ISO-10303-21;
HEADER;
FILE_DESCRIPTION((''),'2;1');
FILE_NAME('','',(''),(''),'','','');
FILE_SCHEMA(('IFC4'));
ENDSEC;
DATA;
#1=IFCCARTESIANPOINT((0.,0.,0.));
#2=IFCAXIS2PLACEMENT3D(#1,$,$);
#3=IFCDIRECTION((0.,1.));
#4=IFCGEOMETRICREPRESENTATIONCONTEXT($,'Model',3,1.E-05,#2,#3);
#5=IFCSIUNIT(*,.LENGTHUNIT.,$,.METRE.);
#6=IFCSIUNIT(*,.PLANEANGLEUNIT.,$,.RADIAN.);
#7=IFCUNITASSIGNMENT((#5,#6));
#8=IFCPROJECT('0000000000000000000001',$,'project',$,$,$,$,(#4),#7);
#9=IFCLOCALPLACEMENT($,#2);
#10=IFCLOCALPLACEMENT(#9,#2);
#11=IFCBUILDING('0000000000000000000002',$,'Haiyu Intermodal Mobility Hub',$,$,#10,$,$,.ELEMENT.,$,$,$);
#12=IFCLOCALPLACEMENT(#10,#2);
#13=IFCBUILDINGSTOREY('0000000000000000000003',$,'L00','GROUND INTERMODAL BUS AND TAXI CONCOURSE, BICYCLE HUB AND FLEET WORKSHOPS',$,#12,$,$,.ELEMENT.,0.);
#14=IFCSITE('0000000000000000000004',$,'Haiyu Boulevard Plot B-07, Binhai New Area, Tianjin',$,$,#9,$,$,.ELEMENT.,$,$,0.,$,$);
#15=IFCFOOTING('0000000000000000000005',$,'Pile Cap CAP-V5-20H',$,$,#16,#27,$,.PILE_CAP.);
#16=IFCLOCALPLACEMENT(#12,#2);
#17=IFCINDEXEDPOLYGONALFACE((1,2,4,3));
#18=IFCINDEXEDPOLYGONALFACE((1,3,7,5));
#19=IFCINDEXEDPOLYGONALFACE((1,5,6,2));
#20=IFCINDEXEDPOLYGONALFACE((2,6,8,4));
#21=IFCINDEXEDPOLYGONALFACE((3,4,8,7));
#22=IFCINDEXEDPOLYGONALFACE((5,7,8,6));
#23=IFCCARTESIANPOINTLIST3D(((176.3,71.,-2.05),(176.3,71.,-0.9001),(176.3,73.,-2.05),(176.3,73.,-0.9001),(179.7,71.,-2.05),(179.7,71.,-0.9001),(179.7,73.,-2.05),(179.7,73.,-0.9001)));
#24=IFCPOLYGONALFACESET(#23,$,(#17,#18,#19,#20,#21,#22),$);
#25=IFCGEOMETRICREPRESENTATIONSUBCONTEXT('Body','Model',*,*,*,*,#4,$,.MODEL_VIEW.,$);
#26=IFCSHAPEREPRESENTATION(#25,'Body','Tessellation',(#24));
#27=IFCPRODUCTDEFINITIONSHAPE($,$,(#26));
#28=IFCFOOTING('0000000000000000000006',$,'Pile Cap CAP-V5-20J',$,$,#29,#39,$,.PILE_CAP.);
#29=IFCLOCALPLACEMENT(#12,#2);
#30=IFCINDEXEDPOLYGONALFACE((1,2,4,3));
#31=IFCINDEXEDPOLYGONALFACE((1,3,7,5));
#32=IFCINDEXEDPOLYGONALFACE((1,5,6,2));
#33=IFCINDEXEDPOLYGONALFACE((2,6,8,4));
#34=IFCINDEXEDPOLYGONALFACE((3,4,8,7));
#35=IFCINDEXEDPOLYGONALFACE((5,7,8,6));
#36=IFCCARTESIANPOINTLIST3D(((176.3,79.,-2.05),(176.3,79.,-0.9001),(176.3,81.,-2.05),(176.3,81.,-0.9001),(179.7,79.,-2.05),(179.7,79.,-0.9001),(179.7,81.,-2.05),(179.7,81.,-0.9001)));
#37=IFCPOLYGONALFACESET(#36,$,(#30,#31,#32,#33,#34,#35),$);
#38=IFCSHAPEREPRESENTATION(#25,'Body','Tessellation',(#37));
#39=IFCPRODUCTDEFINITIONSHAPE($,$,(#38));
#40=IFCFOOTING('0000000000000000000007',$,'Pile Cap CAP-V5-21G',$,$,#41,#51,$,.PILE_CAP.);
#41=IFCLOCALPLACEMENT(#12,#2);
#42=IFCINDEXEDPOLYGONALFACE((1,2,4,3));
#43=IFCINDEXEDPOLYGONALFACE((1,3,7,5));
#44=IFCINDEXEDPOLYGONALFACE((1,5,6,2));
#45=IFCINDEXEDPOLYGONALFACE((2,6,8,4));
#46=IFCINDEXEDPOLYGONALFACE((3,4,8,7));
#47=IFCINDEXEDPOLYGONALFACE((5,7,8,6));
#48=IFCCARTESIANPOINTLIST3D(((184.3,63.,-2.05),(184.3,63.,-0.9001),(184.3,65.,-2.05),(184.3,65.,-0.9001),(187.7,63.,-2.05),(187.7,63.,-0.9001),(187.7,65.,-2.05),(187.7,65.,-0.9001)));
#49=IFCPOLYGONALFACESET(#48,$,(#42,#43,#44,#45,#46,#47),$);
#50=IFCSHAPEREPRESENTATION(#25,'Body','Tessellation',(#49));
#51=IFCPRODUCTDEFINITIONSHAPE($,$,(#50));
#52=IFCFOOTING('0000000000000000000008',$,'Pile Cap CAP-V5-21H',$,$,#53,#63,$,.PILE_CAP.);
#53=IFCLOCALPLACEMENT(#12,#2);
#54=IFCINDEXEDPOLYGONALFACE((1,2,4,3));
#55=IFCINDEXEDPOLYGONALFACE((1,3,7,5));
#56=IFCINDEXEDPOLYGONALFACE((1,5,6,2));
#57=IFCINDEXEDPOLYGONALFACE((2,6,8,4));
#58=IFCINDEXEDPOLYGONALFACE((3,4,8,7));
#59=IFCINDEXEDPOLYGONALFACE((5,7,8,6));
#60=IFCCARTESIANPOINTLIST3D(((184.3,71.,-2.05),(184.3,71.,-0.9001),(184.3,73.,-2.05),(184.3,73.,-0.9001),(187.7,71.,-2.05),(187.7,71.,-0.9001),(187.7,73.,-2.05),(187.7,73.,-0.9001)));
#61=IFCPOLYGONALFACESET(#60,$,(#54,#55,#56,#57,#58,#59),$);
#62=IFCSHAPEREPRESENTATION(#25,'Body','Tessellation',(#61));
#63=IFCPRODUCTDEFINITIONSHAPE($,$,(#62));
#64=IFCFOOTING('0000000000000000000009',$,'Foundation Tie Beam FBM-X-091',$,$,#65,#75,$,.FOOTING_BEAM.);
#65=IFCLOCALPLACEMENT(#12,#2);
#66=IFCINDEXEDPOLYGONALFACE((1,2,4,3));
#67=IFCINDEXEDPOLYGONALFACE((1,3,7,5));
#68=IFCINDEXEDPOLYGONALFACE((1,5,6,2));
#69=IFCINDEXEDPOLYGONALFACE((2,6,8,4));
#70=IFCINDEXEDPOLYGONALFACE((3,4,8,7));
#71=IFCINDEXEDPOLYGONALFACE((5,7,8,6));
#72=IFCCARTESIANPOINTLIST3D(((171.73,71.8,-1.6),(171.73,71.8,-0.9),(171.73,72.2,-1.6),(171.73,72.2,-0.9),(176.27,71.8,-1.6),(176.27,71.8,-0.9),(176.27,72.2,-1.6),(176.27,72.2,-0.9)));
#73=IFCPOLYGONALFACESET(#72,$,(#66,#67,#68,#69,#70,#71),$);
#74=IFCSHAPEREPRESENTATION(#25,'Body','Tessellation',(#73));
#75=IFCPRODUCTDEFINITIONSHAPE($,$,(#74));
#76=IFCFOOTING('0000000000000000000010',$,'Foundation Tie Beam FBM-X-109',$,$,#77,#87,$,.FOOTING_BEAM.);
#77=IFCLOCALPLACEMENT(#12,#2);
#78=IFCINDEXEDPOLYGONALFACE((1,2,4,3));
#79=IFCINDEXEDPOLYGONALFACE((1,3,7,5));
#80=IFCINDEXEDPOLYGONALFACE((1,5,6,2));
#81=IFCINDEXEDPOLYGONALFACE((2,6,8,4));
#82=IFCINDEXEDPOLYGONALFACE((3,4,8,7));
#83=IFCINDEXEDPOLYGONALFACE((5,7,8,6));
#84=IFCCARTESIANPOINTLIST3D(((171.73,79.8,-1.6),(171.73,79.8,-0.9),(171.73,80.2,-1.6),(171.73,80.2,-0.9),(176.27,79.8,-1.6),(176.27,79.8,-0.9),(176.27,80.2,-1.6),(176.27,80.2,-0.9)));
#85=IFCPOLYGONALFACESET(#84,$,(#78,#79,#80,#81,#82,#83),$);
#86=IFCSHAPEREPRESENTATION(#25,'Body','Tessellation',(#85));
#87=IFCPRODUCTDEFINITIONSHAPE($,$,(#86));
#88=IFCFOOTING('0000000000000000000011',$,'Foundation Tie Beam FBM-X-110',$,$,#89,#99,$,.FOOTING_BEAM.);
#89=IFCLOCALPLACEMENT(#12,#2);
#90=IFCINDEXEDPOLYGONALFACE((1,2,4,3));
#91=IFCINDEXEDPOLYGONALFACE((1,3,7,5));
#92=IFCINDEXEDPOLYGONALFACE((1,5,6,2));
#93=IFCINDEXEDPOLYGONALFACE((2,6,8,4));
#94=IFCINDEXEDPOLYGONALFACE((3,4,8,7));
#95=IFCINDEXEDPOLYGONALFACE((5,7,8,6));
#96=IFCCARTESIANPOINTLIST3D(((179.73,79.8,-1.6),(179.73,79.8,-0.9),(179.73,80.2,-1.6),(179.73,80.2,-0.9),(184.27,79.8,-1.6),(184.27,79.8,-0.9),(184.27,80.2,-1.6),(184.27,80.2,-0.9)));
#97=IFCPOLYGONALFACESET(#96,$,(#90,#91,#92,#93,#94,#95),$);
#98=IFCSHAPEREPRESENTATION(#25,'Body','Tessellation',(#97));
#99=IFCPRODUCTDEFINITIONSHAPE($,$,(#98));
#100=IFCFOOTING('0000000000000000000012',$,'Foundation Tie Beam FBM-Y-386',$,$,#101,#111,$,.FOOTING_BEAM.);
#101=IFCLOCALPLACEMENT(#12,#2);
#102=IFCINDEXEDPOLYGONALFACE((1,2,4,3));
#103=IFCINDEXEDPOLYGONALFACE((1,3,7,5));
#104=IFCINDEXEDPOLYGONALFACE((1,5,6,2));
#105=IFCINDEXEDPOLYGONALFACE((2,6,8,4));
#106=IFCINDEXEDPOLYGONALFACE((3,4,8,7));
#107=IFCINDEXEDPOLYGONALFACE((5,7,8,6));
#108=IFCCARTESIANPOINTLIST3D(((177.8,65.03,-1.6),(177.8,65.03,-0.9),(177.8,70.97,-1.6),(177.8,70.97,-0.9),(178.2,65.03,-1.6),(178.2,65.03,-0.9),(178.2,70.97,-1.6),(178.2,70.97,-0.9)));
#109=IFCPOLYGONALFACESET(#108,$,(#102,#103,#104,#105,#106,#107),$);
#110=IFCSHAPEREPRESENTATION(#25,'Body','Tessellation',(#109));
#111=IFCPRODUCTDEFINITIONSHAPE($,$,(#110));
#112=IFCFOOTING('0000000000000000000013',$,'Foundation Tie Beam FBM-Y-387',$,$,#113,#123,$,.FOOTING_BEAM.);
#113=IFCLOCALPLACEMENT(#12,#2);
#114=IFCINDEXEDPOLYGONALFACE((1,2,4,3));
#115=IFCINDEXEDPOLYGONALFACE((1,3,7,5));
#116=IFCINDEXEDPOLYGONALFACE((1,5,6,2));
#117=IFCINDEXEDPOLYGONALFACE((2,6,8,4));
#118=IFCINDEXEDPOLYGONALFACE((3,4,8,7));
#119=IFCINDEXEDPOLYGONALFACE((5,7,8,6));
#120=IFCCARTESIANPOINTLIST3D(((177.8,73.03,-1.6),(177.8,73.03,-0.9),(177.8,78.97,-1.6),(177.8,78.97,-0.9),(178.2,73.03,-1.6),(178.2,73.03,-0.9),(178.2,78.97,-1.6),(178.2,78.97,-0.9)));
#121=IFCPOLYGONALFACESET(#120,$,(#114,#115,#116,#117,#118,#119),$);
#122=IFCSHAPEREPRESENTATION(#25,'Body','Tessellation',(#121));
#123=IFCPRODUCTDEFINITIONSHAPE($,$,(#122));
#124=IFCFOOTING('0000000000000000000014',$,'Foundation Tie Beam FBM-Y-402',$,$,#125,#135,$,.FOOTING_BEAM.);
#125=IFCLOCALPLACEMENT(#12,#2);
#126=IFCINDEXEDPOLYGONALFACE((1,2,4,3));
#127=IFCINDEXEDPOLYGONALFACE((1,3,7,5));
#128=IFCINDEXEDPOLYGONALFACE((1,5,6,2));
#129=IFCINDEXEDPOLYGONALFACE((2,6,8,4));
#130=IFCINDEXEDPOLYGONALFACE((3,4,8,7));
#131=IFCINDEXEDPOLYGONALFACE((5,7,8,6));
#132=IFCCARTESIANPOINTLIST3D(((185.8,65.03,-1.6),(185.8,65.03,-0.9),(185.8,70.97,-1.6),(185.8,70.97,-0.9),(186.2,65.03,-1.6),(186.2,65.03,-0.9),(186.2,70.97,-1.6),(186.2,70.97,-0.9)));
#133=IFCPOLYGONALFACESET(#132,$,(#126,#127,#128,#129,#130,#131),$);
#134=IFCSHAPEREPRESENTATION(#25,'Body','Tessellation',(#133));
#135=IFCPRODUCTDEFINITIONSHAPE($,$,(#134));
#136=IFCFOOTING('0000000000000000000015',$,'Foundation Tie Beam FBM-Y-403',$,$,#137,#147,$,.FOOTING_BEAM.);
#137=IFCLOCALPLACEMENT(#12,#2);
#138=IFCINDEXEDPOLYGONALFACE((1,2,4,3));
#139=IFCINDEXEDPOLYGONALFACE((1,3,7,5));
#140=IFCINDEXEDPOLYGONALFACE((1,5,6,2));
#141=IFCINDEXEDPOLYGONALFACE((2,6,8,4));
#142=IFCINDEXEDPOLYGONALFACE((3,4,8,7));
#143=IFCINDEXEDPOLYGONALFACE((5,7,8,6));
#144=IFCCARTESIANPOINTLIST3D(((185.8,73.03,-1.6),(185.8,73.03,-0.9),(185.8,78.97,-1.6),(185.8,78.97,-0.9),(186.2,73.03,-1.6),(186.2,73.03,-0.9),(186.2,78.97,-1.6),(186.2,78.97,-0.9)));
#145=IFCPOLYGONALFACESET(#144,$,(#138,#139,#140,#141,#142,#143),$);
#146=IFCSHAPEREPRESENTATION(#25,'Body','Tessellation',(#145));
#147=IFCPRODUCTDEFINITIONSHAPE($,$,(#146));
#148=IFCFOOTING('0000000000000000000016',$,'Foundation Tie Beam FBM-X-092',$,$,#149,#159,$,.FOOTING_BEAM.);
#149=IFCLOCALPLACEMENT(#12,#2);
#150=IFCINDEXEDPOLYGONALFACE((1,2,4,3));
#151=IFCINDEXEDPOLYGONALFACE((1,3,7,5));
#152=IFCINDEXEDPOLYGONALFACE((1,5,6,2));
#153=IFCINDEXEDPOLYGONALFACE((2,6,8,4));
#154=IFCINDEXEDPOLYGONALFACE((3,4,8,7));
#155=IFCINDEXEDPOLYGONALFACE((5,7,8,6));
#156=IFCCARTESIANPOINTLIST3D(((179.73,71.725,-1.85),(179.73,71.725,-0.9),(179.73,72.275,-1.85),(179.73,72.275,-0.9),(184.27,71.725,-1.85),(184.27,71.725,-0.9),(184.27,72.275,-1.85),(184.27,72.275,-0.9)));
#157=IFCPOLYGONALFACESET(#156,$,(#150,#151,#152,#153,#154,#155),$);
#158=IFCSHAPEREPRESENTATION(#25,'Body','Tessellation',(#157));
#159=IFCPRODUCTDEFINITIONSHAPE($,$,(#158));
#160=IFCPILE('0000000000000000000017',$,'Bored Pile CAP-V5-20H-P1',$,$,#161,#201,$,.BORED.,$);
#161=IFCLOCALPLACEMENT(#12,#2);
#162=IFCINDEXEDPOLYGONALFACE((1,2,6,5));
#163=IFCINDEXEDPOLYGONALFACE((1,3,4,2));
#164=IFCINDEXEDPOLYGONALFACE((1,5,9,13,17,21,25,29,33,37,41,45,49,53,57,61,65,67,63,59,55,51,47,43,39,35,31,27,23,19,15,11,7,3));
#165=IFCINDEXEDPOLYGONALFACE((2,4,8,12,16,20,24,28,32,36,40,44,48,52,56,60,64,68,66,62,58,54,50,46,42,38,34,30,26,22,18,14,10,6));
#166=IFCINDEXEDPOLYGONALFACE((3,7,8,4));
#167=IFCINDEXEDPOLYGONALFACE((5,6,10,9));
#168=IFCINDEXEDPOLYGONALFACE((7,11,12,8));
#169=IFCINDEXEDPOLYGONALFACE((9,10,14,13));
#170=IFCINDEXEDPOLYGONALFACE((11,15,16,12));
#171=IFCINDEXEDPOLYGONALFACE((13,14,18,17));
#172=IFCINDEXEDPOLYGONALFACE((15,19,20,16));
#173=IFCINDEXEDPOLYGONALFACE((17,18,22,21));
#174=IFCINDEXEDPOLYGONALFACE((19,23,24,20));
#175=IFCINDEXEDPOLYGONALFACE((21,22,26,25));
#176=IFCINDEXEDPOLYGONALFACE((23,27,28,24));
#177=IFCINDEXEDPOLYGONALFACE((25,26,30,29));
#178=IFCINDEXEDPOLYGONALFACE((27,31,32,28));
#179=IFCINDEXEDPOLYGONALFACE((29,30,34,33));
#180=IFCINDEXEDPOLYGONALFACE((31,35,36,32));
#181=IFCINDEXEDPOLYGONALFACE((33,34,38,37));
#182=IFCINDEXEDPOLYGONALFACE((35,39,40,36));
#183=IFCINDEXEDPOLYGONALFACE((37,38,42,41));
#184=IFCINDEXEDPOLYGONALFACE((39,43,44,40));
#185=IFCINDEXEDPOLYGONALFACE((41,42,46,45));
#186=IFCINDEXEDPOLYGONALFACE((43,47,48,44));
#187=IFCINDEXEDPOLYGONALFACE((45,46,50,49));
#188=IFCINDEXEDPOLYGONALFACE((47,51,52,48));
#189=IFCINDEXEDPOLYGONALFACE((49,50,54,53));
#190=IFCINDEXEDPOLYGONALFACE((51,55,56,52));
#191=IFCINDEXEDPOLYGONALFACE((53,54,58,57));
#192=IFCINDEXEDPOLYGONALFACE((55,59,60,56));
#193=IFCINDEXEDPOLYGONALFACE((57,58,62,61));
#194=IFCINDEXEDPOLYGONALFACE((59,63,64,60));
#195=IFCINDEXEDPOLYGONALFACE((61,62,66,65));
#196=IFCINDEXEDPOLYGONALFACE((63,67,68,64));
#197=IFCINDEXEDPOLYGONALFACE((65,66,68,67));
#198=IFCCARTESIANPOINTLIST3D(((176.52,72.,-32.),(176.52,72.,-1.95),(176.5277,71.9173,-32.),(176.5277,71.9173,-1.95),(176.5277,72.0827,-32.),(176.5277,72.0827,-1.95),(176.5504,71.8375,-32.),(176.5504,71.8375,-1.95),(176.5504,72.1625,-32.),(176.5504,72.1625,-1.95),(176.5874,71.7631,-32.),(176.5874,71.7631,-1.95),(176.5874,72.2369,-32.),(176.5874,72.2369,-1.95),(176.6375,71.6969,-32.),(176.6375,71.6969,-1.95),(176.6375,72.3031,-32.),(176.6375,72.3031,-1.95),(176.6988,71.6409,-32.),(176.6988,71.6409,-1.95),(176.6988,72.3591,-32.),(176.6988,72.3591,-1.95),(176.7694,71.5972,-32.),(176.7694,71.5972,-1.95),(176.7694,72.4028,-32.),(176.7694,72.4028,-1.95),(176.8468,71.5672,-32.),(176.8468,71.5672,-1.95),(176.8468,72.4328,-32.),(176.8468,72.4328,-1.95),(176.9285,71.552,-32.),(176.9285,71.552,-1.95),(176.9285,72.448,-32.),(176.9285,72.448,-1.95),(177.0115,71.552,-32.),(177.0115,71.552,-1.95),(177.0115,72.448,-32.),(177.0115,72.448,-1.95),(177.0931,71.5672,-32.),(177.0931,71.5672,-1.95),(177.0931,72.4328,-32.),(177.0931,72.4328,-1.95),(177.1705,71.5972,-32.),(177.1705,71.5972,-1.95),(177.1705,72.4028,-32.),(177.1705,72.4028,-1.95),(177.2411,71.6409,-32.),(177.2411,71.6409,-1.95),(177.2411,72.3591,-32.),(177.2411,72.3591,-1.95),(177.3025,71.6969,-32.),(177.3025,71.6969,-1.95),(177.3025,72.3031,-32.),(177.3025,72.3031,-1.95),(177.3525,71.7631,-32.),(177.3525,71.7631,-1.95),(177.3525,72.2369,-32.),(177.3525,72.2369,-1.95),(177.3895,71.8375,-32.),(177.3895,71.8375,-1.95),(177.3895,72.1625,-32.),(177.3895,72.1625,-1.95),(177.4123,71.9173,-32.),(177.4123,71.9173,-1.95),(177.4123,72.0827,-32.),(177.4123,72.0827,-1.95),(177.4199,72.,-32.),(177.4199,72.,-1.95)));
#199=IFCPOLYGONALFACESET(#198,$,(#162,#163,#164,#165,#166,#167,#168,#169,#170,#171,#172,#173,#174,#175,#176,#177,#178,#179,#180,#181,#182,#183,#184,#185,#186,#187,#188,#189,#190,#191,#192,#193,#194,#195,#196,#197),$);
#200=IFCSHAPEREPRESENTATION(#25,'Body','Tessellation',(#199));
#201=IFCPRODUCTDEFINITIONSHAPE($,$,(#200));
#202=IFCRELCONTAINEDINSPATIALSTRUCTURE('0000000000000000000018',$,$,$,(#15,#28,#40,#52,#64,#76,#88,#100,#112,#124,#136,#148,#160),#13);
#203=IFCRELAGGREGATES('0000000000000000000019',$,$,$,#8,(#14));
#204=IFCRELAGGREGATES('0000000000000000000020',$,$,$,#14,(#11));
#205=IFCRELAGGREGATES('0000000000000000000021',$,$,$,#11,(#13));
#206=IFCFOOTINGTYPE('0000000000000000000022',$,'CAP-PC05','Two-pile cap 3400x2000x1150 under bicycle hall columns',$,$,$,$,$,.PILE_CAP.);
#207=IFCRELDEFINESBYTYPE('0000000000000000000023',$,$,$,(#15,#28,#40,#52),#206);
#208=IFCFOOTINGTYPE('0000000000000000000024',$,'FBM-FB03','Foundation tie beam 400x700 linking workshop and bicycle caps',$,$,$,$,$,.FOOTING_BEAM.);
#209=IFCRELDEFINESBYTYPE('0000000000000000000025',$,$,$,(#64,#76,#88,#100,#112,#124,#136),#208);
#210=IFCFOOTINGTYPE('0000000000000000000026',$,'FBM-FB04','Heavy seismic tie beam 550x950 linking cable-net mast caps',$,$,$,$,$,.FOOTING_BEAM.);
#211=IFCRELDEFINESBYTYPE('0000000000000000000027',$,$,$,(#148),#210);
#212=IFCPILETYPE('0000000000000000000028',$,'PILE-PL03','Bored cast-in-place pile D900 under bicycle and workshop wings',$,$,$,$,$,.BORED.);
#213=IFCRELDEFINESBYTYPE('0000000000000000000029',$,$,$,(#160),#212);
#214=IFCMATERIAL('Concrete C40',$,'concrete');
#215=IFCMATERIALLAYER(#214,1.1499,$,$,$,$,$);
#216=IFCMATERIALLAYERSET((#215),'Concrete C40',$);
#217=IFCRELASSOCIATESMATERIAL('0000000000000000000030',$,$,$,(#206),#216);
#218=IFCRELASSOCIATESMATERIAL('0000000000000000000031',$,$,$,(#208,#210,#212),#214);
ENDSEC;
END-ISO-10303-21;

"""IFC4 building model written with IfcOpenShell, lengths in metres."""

from ifc_helpers import new_model, si_unit, direction, frame, origin, origin_2d, place, context, subcontext, project, spatial, rectangle, circle, extrude, material, layer, layer_set, material_profile, profile_set, type_object, element, save


model = new_model("IFC4")

# Units and contexts
model_context = context("Model", 3, precision=1e-05, world=origin(), true_north=direction((0.0, 1.0)))
body_context = subcontext(model_context, "Body", "Model", "MODEL_VIEW")
ifc_project = project(units=[si_unit("LENGTHUNIT", "METRE"), si_unit("PLANEANGLEUNIT", "RADIAN")], contexts=[model_context])

# Site, building, storey
site_placement = place(None, origin())
site = spatial("IfcSite", under=ifc_project, at=site_placement, Name="Haiyu Boulevard Plot B-07, Binhai New Area, Tianjin", CompositionType="ELEMENT", RefElevation=0.0)
building_placement = place(site_placement, origin())
building = spatial("IfcBuilding", under=site, at=building_placement, Name="Haiyu Intermodal Mobility Hub", CompositionType="ELEMENT")
storey_placement = place(building_placement, origin())
storey = spatial("IfcBuildingStorey", under=building, at=storey_placement, Name="L00", Description="GROUND INTERMODAL BUS AND TAXI CONCOURSE, BICYCLE HUB AND FLEET WORKSHOPS", CompositionType="ELEMENT", Elevation=0.0)

# Footings
ifc_material = material(Name="Concrete C40", Category="concrete")
ifc_layer = layer(ifc_material, 1.1499)
ifc_layer_set = layer_set([ifc_layer], Name="Concrete C40")
footing_type_1 = type_object("IfcFootingType", Name="CAP-PC05", Description="Two-pile cap 3400x2000x1150 under bicycle hall columns", PredefinedType="PILE_CAP", material=ifc_layer_set)
for number, where, z_axis, x_axis, name in (
    (1, (178.0, 72.0, -2.05), (0.0, 0.0, 1.0), (1.0, 0.0, 0.0), "Pile Cap CAP-V5-20H"),
    (2, (178.0, 80.0, -2.05), (0.0, 0.0, 1.0), (1.0, 0.0, 0.0), "Pile Cap CAP-V5-20J"),
    (3, (186.0, 64.0, -2.05), (0.0, 0.0, 1.0), (1.0, 0.0, 0.0), "Pile Cap CAP-V5-21G"),
    (4, (186.0, 72.0, -2.05), (0.0, 0.0, 1.0), (1.0, 0.0, 0.0), "Pile Cap CAP-V5-21H"),
):
    element("IfcFooting", number, at=place(storey_placement, frame(where, z_axis=z_axis, x_axis=x_axis)), inside=storey, type_object=footing_type_1, Name=name, PredefinedType="PILE_CAP", context=body_context, shape_type="SweptSolid", body=[
        extrude(rectangle(XDim=3.3999, YDim=2.0, at=origin_2d()), origin(), (0.0, 0.0, 1.0), 1.1499),
    ])
ifc_material_profile_1 = material_profile(ifc_material, rectangle(XDim=0.3999, YDim=0.7, at=origin_2d()), Name="FB400x700")
ifc_profile_set_1 = profile_set([ifc_material_profile_1], Name="Concrete C40")
footing_type_2 = type_object("IfcFootingType", Name="FBM-FB03", Description="Foundation tie beam 400x700 linking workshop and bicycle caps", PredefinedType="FOOTING_BEAM", material=ifc_profile_set_1)
for number, where, z_axis, x_axis, name in (
    (5, (171.73, 72.0, -1.25), (1.0, 0.0, 0.0), (0.0, 1.0, 0.0), "Foundation Tie Beam FBM-X-091"),
    (6, (171.73, 80.0, -1.25), (1.0, 0.0, 0.0), (0.0, 1.0, 0.0), "Foundation Tie Beam FBM-X-109"),
    (7, (179.73, 80.0, -1.25), (1.0, 0.0, 0.0), (0.0, 1.0, 0.0), "Foundation Tie Beam FBM-X-110"),
):
    element("IfcFooting", number, at=place(storey_placement, frame(where, z_axis=z_axis, x_axis=x_axis)), inside=storey, type_object=footing_type_2, Name=name, PredefinedType="FOOTING_BEAM", context=body_context, shape_type="SweptSolid", body=[
        extrude(rectangle(XDim=0.3999, YDim=0.7, at=origin_2d()), origin(), (0.0, 0.0, 1.0), 4.54),
    ])
for number, where, z_axis, x_axis, name in (
    (8, (178.0, 65.03, -1.25), (0.0, 1.0, 0.0), (-1.0, 0.0, 0.0), "Foundation Tie Beam FBM-Y-386"),
    (9, (178.0, 73.03, -1.25), (0.0, 1.0, 0.0), (-1.0, 0.0, 0.0), "Foundation Tie Beam FBM-Y-387"),
    (10, (186.0, 65.03, -1.25), (0.0, 1.0, 0.0), (-1.0, 0.0, 0.0), "Foundation Tie Beam FBM-Y-402"),
    (11, (186.0, 73.03, -1.25), (0.0, 1.0, 0.0), (-1.0, 0.0, 0.0), "Foundation Tie Beam FBM-Y-403"),
):
    element("IfcFooting", number, at=place(storey_placement, frame(where, z_axis=z_axis, x_axis=x_axis)), inside=storey, type_object=footing_type_2, Name=name, PredefinedType="FOOTING_BEAM", context=body_context, shape_type="SweptSolid", body=[
        extrude(rectangle(XDim=0.3999, YDim=0.7, at=origin_2d()), origin(), (0.0, 0.0, 1.0), 5.9399),
    ])
ifc_material_profile_2 = material_profile(ifc_material, rectangle(XDim=0.55, YDim=0.95, at=origin_2d()), Name="FB550x950")
ifc_profile_set_2 = profile_set([ifc_material_profile_2], Name="Concrete C40")
footing_type_3 = type_object("IfcFootingType", Name="FBM-FB04", Description="Heavy seismic tie beam 550x950 linking cable-net mast caps", PredefinedType="FOOTING_BEAM", material=ifc_profile_set_2)
footing_placement = place(storey_placement, frame((179.73, 72.0, -1.375), z_axis=(1.0, 0.0, 0.0), x_axis=(0.0, 1.0, 0.0)))
element("IfcFooting", 12, at=footing_placement, inside=storey, type_object=footing_type_3, Name="Foundation Tie Beam FBM-X-092", PredefinedType="FOOTING_BEAM", context=body_context, shape_type="SweptSolid", body=[
    extrude(rectangle(XDim=0.55, YDim=0.95, at=origin_2d()), origin(), (0.0, 0.0, 1.0), 4.54),
])

# Pile
ifc_material_profile_3 = material_profile(ifc_material, circle(Radius=0.45, at=origin_2d()), Name="PILE-D900")
ifc_profile_set_3 = profile_set([ifc_material_profile_3], Name="Concrete C40")
pile_type = type_object("IfcPileType", Name="PILE-PL03", Description="Bored cast-in-place pile D900 under bicycle and workshop wings", PredefinedType="BORED", material=ifc_profile_set_3)
for number, where, z_axis, x_axis, name in (
    (13, (176.97, 72.0, -1.95), (0.0, 0.0, -1.0), (1.0, 0.0, 0.0), "Bored Pile CAP-V5-20H-P1"),
):
    element("IfcPile", number, at=place(storey_placement, frame(where, z_axis=z_axis, x_axis=x_axis)), inside=storey, type_object=pile_type, Name=name, PredefinedType="BORED", context=body_context, shape_type="SweptSolid", body=[
        extrude(circle(Radius=0.45, at=origin_2d()), origin(), (0.0, 0.0, 1.0), 30.05),
    ])

save(model, "model.ifc")
